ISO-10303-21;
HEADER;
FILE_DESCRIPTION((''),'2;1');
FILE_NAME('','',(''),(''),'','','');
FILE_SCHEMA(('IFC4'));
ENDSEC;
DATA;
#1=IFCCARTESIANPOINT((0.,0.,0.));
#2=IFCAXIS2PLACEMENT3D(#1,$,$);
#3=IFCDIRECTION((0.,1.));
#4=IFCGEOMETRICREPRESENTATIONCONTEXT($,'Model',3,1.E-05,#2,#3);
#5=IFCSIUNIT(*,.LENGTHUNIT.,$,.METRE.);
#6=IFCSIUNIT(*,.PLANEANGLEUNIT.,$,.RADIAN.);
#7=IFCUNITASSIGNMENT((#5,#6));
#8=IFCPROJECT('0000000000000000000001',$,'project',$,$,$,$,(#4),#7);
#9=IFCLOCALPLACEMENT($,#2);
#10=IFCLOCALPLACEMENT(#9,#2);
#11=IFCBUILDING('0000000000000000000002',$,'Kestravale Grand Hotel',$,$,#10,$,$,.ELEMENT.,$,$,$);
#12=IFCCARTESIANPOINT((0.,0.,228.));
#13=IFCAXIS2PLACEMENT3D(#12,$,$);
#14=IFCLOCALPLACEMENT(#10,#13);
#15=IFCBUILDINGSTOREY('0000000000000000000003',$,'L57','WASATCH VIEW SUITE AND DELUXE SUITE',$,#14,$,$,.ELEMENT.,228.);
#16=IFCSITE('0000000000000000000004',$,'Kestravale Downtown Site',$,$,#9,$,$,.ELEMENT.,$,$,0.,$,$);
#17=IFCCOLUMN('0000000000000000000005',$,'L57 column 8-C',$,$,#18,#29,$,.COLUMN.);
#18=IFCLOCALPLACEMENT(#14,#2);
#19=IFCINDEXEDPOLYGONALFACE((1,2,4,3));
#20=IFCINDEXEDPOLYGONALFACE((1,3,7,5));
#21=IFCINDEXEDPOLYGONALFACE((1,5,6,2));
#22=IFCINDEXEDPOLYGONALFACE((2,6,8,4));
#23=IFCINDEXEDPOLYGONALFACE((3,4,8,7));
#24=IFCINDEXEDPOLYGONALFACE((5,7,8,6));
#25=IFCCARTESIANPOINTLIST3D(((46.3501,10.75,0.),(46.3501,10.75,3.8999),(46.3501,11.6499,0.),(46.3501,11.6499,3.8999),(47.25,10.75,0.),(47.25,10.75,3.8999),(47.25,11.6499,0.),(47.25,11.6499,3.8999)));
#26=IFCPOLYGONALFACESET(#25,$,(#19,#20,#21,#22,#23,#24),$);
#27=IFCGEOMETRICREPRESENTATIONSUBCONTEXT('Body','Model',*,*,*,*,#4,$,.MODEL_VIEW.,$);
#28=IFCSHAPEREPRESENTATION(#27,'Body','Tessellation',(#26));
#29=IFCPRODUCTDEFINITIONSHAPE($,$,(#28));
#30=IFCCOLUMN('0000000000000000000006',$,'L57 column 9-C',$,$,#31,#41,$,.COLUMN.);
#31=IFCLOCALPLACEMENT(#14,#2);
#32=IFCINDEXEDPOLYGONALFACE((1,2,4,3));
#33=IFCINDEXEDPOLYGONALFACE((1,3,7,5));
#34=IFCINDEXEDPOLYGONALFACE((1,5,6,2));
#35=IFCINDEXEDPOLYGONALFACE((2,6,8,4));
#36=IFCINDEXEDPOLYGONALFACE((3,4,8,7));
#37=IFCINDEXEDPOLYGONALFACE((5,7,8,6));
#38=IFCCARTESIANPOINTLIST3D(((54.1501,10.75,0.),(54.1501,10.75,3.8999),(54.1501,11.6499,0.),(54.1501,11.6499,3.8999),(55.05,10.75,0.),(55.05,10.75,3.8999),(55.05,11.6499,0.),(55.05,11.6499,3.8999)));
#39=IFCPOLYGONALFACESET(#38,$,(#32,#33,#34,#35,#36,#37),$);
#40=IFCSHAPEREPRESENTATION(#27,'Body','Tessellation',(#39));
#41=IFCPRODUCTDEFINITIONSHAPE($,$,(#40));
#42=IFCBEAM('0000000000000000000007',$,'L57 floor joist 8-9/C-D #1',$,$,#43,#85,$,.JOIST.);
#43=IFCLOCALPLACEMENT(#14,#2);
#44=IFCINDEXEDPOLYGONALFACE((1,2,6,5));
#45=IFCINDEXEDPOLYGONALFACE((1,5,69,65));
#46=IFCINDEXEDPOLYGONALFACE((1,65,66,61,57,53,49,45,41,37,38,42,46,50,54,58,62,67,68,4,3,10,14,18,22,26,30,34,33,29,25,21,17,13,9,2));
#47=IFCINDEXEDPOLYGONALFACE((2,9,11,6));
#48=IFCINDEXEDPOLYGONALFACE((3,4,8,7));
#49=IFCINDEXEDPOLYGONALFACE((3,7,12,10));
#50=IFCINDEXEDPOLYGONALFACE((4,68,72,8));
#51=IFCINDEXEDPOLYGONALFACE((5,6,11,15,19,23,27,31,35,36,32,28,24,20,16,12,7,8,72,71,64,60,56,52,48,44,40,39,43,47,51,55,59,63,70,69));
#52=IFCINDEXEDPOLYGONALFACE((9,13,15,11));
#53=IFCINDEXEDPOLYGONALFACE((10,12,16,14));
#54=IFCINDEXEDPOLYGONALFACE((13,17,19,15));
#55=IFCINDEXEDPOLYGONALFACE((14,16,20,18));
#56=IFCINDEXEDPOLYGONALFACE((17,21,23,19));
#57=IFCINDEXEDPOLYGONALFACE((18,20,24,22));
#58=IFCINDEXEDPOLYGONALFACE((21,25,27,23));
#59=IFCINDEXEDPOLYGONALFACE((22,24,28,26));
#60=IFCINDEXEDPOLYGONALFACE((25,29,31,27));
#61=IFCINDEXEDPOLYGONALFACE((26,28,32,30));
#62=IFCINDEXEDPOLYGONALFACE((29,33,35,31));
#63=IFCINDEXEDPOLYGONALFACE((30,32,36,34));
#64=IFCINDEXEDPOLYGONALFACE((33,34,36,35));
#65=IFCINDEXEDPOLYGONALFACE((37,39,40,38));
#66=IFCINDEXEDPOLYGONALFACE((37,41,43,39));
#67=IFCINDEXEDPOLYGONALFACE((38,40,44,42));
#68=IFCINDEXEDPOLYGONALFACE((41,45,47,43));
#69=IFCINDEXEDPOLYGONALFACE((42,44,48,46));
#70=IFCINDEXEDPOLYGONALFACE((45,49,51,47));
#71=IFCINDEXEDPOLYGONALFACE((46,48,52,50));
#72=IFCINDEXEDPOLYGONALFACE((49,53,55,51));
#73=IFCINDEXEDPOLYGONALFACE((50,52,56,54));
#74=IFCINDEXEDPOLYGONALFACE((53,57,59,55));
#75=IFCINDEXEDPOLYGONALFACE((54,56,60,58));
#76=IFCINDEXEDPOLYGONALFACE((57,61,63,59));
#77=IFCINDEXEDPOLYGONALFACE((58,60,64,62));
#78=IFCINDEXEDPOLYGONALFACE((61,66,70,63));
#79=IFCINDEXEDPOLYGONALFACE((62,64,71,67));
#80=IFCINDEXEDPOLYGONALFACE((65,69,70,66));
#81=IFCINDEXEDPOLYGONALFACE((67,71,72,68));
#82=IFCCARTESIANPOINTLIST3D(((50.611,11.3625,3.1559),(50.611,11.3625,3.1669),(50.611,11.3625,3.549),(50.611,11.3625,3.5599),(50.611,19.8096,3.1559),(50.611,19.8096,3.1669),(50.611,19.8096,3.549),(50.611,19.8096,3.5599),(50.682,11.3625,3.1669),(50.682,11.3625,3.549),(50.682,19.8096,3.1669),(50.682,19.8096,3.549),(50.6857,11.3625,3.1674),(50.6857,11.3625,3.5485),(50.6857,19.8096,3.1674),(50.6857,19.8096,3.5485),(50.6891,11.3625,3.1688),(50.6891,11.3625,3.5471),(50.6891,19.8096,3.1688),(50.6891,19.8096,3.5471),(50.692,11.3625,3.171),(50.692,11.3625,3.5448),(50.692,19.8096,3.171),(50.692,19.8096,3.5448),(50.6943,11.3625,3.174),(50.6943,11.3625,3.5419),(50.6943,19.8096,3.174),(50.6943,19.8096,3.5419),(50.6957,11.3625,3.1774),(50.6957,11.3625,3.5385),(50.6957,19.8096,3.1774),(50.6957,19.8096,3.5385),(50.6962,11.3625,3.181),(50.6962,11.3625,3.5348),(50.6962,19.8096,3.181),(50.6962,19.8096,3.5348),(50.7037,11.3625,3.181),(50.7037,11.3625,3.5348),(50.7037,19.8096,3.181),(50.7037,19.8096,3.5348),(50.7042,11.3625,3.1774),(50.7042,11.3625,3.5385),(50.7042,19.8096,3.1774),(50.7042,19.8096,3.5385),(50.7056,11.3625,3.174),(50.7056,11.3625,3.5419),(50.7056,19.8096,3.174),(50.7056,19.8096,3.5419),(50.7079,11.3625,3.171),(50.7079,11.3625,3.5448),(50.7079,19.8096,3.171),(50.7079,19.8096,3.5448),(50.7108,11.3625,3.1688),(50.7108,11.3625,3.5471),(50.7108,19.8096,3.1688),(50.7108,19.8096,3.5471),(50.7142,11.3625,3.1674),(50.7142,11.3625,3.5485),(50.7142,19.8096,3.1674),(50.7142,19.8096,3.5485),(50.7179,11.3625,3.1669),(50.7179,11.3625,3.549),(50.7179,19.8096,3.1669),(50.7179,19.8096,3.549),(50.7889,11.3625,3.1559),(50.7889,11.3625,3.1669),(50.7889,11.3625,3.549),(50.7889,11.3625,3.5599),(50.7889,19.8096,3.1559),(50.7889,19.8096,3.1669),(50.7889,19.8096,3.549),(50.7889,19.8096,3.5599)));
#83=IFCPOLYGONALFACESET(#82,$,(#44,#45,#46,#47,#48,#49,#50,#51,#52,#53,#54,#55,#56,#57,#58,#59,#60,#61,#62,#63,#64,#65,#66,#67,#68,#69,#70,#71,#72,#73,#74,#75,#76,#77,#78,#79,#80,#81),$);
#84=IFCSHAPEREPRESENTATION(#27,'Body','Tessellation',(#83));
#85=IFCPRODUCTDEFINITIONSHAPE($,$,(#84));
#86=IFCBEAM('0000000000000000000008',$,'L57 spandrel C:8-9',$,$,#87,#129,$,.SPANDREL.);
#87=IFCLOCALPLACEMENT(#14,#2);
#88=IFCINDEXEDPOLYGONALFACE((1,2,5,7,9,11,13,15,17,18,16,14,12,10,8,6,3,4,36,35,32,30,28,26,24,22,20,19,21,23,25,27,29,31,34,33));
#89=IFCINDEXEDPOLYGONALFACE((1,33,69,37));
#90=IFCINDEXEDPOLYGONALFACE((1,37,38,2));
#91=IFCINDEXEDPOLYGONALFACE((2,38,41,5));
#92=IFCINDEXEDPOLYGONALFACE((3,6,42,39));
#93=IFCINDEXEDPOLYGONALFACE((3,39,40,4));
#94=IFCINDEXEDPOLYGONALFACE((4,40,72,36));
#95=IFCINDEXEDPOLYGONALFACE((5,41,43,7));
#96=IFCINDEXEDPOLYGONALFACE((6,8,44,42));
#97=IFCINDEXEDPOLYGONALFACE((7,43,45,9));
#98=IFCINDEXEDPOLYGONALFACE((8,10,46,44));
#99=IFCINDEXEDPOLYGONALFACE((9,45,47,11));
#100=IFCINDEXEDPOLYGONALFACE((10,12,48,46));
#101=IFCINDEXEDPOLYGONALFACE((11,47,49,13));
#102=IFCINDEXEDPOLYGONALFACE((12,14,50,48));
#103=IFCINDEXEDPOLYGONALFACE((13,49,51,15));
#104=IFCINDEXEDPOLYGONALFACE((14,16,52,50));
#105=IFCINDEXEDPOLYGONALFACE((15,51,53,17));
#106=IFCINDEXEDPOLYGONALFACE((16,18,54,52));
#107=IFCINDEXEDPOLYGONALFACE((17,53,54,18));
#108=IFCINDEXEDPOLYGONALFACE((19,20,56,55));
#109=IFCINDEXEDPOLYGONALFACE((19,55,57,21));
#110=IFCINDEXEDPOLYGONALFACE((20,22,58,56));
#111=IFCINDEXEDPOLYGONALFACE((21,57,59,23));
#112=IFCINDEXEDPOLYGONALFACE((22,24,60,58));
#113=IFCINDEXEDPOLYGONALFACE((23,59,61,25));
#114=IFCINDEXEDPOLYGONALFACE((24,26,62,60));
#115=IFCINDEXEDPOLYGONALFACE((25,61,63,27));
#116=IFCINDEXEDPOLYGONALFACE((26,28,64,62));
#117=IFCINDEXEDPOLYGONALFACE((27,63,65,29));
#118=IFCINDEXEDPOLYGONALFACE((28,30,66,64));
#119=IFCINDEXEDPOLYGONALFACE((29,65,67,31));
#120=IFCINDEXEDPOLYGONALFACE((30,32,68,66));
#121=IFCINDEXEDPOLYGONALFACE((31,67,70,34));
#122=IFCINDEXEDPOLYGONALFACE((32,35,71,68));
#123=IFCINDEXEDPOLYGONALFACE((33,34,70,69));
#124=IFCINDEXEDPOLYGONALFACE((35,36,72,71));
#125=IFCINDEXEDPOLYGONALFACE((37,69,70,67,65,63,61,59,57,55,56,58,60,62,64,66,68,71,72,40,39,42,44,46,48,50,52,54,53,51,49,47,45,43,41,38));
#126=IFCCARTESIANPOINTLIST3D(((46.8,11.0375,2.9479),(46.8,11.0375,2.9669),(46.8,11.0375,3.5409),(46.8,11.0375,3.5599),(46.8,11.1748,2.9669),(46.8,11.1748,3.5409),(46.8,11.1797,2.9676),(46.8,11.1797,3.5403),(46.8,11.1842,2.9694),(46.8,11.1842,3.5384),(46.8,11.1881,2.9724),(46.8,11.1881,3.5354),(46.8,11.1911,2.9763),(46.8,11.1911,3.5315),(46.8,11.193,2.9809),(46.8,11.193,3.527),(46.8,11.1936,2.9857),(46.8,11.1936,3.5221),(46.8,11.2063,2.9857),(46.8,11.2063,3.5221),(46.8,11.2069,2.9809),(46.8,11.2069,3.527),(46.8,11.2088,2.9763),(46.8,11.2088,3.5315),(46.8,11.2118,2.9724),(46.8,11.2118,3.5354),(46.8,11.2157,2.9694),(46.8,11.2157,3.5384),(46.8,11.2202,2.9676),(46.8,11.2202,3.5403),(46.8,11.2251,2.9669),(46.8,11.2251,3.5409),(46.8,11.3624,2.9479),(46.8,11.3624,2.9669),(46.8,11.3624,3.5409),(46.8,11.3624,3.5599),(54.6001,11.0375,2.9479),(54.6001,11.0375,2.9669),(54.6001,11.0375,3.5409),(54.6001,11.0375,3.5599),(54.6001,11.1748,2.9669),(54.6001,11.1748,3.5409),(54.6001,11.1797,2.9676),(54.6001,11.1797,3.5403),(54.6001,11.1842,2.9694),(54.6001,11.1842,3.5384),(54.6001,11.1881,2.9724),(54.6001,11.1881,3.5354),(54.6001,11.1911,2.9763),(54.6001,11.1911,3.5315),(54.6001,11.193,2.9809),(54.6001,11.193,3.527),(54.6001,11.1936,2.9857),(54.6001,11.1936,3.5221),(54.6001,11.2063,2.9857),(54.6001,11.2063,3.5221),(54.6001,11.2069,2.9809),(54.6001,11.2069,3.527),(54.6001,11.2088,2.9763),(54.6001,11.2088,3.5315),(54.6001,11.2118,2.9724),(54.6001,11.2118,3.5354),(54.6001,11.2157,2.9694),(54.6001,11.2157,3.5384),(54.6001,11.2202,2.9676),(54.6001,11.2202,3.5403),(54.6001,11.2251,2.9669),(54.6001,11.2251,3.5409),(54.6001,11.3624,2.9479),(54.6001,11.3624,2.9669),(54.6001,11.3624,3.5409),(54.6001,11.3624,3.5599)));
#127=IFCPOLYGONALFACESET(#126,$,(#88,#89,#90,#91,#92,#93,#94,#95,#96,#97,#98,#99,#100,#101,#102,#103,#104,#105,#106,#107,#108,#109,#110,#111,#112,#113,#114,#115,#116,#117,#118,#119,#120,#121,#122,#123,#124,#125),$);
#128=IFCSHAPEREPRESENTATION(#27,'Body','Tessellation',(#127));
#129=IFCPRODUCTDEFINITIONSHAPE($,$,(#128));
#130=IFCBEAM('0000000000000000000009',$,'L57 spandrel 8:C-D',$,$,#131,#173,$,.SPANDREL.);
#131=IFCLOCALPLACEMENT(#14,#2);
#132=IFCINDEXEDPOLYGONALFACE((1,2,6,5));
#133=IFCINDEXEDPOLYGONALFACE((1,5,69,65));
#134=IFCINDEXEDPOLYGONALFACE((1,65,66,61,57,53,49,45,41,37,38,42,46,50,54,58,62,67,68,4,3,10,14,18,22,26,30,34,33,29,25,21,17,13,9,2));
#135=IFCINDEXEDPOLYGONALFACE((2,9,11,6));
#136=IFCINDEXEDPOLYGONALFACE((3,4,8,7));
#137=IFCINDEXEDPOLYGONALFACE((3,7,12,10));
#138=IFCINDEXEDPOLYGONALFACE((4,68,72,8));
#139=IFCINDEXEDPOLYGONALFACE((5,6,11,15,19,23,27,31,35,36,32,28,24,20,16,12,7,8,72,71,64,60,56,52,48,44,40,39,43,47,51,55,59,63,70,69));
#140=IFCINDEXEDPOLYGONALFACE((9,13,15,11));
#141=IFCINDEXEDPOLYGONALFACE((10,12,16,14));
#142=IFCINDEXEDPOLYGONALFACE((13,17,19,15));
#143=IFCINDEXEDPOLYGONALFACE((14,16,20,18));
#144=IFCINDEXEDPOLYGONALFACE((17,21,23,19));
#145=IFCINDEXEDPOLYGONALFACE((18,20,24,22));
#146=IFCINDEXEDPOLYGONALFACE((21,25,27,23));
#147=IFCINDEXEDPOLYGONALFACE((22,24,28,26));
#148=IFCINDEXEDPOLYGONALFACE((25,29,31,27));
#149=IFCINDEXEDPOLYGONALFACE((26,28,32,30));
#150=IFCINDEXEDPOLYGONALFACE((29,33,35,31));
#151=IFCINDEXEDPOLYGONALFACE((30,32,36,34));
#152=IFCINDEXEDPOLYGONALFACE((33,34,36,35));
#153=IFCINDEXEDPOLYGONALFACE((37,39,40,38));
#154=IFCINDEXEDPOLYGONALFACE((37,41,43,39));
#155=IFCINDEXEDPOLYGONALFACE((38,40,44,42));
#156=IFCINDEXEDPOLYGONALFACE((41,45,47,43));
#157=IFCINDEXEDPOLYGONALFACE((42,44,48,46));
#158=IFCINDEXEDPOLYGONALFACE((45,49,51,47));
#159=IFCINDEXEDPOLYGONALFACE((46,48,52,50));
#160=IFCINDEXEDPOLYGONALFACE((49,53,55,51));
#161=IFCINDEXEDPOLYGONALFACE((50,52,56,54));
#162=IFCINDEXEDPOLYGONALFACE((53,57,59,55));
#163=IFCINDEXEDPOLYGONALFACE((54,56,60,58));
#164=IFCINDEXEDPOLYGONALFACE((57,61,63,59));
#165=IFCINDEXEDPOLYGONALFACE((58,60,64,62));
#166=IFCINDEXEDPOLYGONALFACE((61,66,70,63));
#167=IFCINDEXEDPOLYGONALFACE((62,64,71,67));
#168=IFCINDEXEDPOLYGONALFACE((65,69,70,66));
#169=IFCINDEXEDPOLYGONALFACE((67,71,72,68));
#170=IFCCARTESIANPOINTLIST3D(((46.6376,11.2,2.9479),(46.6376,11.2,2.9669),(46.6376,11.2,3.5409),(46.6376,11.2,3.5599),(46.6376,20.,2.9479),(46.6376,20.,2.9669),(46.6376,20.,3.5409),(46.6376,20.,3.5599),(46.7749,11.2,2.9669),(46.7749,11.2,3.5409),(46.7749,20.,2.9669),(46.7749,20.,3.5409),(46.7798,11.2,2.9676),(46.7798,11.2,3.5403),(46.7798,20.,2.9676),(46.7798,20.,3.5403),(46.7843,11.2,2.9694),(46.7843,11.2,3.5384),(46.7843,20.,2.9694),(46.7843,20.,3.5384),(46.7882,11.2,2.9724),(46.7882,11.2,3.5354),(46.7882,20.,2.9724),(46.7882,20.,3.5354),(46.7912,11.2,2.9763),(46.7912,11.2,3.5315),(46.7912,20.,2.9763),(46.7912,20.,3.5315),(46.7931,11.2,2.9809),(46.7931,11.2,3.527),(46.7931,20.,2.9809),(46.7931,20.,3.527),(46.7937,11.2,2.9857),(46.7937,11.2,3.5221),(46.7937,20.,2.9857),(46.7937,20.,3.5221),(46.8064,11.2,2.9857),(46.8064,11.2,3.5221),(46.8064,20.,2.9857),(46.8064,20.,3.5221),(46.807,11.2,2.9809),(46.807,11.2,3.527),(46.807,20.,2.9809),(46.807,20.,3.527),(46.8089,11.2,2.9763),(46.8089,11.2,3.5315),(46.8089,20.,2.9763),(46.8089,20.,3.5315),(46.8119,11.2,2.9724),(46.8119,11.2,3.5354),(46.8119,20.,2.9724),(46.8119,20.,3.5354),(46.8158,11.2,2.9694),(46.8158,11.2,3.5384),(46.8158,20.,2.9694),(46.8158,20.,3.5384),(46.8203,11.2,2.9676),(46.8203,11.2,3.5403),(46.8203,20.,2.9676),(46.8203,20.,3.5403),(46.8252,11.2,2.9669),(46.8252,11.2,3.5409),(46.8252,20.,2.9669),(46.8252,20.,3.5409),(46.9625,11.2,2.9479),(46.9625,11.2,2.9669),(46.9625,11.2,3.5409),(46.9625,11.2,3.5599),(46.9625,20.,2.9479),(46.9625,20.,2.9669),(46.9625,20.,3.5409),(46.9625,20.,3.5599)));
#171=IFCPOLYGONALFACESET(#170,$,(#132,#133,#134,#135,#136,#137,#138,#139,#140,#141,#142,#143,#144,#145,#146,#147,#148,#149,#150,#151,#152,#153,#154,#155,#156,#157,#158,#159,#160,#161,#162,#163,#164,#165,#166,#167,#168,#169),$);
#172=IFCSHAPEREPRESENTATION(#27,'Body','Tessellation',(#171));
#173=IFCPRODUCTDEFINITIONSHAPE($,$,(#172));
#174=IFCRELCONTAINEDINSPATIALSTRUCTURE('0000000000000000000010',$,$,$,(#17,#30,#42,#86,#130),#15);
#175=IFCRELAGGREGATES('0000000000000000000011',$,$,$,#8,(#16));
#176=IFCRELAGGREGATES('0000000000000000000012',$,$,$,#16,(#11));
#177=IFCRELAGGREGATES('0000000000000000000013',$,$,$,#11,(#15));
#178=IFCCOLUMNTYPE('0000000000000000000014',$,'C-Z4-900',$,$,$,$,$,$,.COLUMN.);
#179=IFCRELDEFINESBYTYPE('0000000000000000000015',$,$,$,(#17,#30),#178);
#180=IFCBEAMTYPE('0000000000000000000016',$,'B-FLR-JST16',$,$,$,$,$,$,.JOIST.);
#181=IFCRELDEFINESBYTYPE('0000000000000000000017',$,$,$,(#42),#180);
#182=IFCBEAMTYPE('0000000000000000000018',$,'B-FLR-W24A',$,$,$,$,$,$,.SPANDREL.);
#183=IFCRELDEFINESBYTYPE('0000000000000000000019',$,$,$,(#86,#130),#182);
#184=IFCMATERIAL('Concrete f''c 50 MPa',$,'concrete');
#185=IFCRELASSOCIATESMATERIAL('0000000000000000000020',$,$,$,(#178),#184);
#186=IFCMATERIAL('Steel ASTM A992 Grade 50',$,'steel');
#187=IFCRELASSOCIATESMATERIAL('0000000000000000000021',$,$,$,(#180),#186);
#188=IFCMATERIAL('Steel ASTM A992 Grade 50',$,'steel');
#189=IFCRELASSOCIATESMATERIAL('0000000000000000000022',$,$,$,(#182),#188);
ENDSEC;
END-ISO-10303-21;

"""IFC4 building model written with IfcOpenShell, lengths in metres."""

from ifc_helpers import new_model, si_unit, direction, frame, origin, origin_2d, place, context, subcontext, project, spatial, rectangle, i_section, extrude, material, material_profile, profile_set, type_object, element, save


model = new_model("IFC4")

# Units and contexts
model_context = context("Model", 3, precision=1e-05, world=origin(), true_north=direction((0.0, 1.0)))
body_context = subcontext(model_context, "Body", "Model", "MODEL_VIEW")
ifc_project = project(units=[si_unit("LENGTHUNIT", "METRE"), si_unit("PLANEANGLEUNIT", "RADIAN")], contexts=[model_context])

# Site, building, storey
site_placement = place(None, origin())
site = spatial("IfcSite", under=ifc_project, at=site_placement, Name="Kestravale Downtown Site", CompositionType="ELEMENT", RefElevation=0.0)
building_placement = place(site_placement, origin())
building = spatial("IfcBuilding", under=site, at=building_placement, Name="Kestravale Grand Hotel", CompositionType="ELEMENT")
storey_placement = place(building_placement, frame((0.0, 0.0, 228.0)))
storey = spatial("IfcBuildingStorey", under=building, at=storey_placement, Name="L57", Description="WASATCH VIEW SUITE AND DELUXE SUITE", CompositionType="ELEMENT", Elevation=228.0)

# Columns
ifc_material_1 = material(Name="Concrete f'c 50 MPa", Category="concrete")
ifc_material_profile_1 = material_profile(ifc_material_1, rectangle(XDim=0.8999, YDim=0.8999, at=origin_2d()))
ifc_profile_set_1 = profile_set([ifc_material_profile_1], Name="Concrete f'c 50 MPa")
column_type = type_object("IfcColumnType", Name="C-Z4-900", PredefinedType="COLUMN", material=ifc_profile_set_1)
for number, where, z_axis, x_axis, name in (
    (1, (46.8, 11.2, 0.0), (0.0, 0.0, 1.0), (1.0, 0.0, 0.0), "L57 column 8-C"),
    (2, (54.6001, 11.2, 0.0), (0.0, 0.0, 1.0), (1.0, 0.0, 0.0), "L57 column 9-C"),
):
    element("IfcColumn", number, at=place(storey_placement, frame(where, z_axis=z_axis, x_axis=x_axis)), inside=storey, type_object=column_type, Name=name, PredefinedType="COLUMN", context=body_context, shape_type="SweptSolid", body=[
        extrude(rectangle(XDim=0.8999, YDim=0.8999, at=origin_2d()), origin(), (0.0, 0.0, 1.0), 3.8999),
    ])

# Beams
ifc_material_2 = material(Name="Steel ASTM A992 Grade 50", Category="steel")
ifc_material_profile_2 = material_profile(ifc_material_2, i_section(OverallWidth=0.178, OverallDepth=0.4041, WebThickness=0.0076, FlangeThickness=0.011, FilletRadius=0.0142, at=origin_2d()))
ifc_profile_set_2 = profile_set([ifc_material_profile_2], Name="Steel ASTM A992 Grade 50")
beam_type_1 = type_object("IfcBeamType", Name="B-FLR-JST16", PredefinedType="JOIST", material=ifc_profile_set_2)
beam_1_placement = place(storey_placement, frame((50.7, 11.3625, 3.3579), z_axis=(0.0, 1.0, 0.0), x_axis=(-1.0, 0.0, 0.0)))
element("IfcBeam", 3, at=beam_1_placement, inside=storey, type_object=beam_type_1, Name="L57 floor joist 8-9/C-D #1", PredefinedType="JOIST", context=body_context, shape_type="SweptSolid", body=[
    extrude(i_section(OverallWidth=0.178, OverallDepth=0.4041, WebThickness=0.0076, FlangeThickness=0.011, FilletRadius=0.0142, at=origin_2d()), origin(), (0.0, 0.0, 1.0), 8.447),
])
ifc_material_3 = material(Name="Steel ASTM A992 Grade 50", Category="steel")
ifc_material_profile_3 = material_profile(ifc_material_3, i_section(OverallWidth=0.325, OverallDepth=0.6121, WebThickness=0.0127, FlangeThickness=0.019, FilletRadius=0.0188, at=origin_2d()))
ifc_profile_set_3 = profile_set([ifc_material_profile_3], Name="Steel ASTM A992 Grade 50")
beam_type_2 = type_object("IfcBeamType", Name="B-FLR-W24A", PredefinedType="SPANDREL", material=ifc_profile_set_3)
beam_2_placement = place(storey_placement, frame((46.8, 11.2, 3.2539), z_axis=(1.0, 0.0, 0.0), x_axis=(0.0, 1.0, 0.0)))
element("IfcBeam", 4, at=beam_2_placement, inside=storey, type_object=beam_type_2, Name="L57 spandrel C:8-9", PredefinedType="SPANDREL", context=body_context, shape_type="SweptSolid", body=[
    extrude(i_section(OverallWidth=0.325, OverallDepth=0.6121, WebThickness=0.0127, FlangeThickness=0.019, FilletRadius=0.0188, at=origin_2d()), origin(), (0.0, 0.0, 1.0), 7.8),
])
beam_3_placement = place(storey_placement, frame((46.8, 11.2, 3.2539), z_axis=(0.0, 1.0, 0.0), x_axis=(-1.0, 0.0, 0.0)))
element("IfcBeam", 5, at=beam_3_placement, inside=storey, type_object=beam_type_2, Name="L57 spandrel 8:C-D", PredefinedType="SPANDREL", context=body_context, shape_type="SweptSolid", body=[
    extrude(i_section(OverallWidth=0.325, OverallDepth=0.6121, WebThickness=0.0127, FlangeThickness=0.019, FilletRadius=0.0188, at=origin_2d()), origin(), (0.0, 0.0, 1.0), 8.8),
])

save(model, "model.ifc")
